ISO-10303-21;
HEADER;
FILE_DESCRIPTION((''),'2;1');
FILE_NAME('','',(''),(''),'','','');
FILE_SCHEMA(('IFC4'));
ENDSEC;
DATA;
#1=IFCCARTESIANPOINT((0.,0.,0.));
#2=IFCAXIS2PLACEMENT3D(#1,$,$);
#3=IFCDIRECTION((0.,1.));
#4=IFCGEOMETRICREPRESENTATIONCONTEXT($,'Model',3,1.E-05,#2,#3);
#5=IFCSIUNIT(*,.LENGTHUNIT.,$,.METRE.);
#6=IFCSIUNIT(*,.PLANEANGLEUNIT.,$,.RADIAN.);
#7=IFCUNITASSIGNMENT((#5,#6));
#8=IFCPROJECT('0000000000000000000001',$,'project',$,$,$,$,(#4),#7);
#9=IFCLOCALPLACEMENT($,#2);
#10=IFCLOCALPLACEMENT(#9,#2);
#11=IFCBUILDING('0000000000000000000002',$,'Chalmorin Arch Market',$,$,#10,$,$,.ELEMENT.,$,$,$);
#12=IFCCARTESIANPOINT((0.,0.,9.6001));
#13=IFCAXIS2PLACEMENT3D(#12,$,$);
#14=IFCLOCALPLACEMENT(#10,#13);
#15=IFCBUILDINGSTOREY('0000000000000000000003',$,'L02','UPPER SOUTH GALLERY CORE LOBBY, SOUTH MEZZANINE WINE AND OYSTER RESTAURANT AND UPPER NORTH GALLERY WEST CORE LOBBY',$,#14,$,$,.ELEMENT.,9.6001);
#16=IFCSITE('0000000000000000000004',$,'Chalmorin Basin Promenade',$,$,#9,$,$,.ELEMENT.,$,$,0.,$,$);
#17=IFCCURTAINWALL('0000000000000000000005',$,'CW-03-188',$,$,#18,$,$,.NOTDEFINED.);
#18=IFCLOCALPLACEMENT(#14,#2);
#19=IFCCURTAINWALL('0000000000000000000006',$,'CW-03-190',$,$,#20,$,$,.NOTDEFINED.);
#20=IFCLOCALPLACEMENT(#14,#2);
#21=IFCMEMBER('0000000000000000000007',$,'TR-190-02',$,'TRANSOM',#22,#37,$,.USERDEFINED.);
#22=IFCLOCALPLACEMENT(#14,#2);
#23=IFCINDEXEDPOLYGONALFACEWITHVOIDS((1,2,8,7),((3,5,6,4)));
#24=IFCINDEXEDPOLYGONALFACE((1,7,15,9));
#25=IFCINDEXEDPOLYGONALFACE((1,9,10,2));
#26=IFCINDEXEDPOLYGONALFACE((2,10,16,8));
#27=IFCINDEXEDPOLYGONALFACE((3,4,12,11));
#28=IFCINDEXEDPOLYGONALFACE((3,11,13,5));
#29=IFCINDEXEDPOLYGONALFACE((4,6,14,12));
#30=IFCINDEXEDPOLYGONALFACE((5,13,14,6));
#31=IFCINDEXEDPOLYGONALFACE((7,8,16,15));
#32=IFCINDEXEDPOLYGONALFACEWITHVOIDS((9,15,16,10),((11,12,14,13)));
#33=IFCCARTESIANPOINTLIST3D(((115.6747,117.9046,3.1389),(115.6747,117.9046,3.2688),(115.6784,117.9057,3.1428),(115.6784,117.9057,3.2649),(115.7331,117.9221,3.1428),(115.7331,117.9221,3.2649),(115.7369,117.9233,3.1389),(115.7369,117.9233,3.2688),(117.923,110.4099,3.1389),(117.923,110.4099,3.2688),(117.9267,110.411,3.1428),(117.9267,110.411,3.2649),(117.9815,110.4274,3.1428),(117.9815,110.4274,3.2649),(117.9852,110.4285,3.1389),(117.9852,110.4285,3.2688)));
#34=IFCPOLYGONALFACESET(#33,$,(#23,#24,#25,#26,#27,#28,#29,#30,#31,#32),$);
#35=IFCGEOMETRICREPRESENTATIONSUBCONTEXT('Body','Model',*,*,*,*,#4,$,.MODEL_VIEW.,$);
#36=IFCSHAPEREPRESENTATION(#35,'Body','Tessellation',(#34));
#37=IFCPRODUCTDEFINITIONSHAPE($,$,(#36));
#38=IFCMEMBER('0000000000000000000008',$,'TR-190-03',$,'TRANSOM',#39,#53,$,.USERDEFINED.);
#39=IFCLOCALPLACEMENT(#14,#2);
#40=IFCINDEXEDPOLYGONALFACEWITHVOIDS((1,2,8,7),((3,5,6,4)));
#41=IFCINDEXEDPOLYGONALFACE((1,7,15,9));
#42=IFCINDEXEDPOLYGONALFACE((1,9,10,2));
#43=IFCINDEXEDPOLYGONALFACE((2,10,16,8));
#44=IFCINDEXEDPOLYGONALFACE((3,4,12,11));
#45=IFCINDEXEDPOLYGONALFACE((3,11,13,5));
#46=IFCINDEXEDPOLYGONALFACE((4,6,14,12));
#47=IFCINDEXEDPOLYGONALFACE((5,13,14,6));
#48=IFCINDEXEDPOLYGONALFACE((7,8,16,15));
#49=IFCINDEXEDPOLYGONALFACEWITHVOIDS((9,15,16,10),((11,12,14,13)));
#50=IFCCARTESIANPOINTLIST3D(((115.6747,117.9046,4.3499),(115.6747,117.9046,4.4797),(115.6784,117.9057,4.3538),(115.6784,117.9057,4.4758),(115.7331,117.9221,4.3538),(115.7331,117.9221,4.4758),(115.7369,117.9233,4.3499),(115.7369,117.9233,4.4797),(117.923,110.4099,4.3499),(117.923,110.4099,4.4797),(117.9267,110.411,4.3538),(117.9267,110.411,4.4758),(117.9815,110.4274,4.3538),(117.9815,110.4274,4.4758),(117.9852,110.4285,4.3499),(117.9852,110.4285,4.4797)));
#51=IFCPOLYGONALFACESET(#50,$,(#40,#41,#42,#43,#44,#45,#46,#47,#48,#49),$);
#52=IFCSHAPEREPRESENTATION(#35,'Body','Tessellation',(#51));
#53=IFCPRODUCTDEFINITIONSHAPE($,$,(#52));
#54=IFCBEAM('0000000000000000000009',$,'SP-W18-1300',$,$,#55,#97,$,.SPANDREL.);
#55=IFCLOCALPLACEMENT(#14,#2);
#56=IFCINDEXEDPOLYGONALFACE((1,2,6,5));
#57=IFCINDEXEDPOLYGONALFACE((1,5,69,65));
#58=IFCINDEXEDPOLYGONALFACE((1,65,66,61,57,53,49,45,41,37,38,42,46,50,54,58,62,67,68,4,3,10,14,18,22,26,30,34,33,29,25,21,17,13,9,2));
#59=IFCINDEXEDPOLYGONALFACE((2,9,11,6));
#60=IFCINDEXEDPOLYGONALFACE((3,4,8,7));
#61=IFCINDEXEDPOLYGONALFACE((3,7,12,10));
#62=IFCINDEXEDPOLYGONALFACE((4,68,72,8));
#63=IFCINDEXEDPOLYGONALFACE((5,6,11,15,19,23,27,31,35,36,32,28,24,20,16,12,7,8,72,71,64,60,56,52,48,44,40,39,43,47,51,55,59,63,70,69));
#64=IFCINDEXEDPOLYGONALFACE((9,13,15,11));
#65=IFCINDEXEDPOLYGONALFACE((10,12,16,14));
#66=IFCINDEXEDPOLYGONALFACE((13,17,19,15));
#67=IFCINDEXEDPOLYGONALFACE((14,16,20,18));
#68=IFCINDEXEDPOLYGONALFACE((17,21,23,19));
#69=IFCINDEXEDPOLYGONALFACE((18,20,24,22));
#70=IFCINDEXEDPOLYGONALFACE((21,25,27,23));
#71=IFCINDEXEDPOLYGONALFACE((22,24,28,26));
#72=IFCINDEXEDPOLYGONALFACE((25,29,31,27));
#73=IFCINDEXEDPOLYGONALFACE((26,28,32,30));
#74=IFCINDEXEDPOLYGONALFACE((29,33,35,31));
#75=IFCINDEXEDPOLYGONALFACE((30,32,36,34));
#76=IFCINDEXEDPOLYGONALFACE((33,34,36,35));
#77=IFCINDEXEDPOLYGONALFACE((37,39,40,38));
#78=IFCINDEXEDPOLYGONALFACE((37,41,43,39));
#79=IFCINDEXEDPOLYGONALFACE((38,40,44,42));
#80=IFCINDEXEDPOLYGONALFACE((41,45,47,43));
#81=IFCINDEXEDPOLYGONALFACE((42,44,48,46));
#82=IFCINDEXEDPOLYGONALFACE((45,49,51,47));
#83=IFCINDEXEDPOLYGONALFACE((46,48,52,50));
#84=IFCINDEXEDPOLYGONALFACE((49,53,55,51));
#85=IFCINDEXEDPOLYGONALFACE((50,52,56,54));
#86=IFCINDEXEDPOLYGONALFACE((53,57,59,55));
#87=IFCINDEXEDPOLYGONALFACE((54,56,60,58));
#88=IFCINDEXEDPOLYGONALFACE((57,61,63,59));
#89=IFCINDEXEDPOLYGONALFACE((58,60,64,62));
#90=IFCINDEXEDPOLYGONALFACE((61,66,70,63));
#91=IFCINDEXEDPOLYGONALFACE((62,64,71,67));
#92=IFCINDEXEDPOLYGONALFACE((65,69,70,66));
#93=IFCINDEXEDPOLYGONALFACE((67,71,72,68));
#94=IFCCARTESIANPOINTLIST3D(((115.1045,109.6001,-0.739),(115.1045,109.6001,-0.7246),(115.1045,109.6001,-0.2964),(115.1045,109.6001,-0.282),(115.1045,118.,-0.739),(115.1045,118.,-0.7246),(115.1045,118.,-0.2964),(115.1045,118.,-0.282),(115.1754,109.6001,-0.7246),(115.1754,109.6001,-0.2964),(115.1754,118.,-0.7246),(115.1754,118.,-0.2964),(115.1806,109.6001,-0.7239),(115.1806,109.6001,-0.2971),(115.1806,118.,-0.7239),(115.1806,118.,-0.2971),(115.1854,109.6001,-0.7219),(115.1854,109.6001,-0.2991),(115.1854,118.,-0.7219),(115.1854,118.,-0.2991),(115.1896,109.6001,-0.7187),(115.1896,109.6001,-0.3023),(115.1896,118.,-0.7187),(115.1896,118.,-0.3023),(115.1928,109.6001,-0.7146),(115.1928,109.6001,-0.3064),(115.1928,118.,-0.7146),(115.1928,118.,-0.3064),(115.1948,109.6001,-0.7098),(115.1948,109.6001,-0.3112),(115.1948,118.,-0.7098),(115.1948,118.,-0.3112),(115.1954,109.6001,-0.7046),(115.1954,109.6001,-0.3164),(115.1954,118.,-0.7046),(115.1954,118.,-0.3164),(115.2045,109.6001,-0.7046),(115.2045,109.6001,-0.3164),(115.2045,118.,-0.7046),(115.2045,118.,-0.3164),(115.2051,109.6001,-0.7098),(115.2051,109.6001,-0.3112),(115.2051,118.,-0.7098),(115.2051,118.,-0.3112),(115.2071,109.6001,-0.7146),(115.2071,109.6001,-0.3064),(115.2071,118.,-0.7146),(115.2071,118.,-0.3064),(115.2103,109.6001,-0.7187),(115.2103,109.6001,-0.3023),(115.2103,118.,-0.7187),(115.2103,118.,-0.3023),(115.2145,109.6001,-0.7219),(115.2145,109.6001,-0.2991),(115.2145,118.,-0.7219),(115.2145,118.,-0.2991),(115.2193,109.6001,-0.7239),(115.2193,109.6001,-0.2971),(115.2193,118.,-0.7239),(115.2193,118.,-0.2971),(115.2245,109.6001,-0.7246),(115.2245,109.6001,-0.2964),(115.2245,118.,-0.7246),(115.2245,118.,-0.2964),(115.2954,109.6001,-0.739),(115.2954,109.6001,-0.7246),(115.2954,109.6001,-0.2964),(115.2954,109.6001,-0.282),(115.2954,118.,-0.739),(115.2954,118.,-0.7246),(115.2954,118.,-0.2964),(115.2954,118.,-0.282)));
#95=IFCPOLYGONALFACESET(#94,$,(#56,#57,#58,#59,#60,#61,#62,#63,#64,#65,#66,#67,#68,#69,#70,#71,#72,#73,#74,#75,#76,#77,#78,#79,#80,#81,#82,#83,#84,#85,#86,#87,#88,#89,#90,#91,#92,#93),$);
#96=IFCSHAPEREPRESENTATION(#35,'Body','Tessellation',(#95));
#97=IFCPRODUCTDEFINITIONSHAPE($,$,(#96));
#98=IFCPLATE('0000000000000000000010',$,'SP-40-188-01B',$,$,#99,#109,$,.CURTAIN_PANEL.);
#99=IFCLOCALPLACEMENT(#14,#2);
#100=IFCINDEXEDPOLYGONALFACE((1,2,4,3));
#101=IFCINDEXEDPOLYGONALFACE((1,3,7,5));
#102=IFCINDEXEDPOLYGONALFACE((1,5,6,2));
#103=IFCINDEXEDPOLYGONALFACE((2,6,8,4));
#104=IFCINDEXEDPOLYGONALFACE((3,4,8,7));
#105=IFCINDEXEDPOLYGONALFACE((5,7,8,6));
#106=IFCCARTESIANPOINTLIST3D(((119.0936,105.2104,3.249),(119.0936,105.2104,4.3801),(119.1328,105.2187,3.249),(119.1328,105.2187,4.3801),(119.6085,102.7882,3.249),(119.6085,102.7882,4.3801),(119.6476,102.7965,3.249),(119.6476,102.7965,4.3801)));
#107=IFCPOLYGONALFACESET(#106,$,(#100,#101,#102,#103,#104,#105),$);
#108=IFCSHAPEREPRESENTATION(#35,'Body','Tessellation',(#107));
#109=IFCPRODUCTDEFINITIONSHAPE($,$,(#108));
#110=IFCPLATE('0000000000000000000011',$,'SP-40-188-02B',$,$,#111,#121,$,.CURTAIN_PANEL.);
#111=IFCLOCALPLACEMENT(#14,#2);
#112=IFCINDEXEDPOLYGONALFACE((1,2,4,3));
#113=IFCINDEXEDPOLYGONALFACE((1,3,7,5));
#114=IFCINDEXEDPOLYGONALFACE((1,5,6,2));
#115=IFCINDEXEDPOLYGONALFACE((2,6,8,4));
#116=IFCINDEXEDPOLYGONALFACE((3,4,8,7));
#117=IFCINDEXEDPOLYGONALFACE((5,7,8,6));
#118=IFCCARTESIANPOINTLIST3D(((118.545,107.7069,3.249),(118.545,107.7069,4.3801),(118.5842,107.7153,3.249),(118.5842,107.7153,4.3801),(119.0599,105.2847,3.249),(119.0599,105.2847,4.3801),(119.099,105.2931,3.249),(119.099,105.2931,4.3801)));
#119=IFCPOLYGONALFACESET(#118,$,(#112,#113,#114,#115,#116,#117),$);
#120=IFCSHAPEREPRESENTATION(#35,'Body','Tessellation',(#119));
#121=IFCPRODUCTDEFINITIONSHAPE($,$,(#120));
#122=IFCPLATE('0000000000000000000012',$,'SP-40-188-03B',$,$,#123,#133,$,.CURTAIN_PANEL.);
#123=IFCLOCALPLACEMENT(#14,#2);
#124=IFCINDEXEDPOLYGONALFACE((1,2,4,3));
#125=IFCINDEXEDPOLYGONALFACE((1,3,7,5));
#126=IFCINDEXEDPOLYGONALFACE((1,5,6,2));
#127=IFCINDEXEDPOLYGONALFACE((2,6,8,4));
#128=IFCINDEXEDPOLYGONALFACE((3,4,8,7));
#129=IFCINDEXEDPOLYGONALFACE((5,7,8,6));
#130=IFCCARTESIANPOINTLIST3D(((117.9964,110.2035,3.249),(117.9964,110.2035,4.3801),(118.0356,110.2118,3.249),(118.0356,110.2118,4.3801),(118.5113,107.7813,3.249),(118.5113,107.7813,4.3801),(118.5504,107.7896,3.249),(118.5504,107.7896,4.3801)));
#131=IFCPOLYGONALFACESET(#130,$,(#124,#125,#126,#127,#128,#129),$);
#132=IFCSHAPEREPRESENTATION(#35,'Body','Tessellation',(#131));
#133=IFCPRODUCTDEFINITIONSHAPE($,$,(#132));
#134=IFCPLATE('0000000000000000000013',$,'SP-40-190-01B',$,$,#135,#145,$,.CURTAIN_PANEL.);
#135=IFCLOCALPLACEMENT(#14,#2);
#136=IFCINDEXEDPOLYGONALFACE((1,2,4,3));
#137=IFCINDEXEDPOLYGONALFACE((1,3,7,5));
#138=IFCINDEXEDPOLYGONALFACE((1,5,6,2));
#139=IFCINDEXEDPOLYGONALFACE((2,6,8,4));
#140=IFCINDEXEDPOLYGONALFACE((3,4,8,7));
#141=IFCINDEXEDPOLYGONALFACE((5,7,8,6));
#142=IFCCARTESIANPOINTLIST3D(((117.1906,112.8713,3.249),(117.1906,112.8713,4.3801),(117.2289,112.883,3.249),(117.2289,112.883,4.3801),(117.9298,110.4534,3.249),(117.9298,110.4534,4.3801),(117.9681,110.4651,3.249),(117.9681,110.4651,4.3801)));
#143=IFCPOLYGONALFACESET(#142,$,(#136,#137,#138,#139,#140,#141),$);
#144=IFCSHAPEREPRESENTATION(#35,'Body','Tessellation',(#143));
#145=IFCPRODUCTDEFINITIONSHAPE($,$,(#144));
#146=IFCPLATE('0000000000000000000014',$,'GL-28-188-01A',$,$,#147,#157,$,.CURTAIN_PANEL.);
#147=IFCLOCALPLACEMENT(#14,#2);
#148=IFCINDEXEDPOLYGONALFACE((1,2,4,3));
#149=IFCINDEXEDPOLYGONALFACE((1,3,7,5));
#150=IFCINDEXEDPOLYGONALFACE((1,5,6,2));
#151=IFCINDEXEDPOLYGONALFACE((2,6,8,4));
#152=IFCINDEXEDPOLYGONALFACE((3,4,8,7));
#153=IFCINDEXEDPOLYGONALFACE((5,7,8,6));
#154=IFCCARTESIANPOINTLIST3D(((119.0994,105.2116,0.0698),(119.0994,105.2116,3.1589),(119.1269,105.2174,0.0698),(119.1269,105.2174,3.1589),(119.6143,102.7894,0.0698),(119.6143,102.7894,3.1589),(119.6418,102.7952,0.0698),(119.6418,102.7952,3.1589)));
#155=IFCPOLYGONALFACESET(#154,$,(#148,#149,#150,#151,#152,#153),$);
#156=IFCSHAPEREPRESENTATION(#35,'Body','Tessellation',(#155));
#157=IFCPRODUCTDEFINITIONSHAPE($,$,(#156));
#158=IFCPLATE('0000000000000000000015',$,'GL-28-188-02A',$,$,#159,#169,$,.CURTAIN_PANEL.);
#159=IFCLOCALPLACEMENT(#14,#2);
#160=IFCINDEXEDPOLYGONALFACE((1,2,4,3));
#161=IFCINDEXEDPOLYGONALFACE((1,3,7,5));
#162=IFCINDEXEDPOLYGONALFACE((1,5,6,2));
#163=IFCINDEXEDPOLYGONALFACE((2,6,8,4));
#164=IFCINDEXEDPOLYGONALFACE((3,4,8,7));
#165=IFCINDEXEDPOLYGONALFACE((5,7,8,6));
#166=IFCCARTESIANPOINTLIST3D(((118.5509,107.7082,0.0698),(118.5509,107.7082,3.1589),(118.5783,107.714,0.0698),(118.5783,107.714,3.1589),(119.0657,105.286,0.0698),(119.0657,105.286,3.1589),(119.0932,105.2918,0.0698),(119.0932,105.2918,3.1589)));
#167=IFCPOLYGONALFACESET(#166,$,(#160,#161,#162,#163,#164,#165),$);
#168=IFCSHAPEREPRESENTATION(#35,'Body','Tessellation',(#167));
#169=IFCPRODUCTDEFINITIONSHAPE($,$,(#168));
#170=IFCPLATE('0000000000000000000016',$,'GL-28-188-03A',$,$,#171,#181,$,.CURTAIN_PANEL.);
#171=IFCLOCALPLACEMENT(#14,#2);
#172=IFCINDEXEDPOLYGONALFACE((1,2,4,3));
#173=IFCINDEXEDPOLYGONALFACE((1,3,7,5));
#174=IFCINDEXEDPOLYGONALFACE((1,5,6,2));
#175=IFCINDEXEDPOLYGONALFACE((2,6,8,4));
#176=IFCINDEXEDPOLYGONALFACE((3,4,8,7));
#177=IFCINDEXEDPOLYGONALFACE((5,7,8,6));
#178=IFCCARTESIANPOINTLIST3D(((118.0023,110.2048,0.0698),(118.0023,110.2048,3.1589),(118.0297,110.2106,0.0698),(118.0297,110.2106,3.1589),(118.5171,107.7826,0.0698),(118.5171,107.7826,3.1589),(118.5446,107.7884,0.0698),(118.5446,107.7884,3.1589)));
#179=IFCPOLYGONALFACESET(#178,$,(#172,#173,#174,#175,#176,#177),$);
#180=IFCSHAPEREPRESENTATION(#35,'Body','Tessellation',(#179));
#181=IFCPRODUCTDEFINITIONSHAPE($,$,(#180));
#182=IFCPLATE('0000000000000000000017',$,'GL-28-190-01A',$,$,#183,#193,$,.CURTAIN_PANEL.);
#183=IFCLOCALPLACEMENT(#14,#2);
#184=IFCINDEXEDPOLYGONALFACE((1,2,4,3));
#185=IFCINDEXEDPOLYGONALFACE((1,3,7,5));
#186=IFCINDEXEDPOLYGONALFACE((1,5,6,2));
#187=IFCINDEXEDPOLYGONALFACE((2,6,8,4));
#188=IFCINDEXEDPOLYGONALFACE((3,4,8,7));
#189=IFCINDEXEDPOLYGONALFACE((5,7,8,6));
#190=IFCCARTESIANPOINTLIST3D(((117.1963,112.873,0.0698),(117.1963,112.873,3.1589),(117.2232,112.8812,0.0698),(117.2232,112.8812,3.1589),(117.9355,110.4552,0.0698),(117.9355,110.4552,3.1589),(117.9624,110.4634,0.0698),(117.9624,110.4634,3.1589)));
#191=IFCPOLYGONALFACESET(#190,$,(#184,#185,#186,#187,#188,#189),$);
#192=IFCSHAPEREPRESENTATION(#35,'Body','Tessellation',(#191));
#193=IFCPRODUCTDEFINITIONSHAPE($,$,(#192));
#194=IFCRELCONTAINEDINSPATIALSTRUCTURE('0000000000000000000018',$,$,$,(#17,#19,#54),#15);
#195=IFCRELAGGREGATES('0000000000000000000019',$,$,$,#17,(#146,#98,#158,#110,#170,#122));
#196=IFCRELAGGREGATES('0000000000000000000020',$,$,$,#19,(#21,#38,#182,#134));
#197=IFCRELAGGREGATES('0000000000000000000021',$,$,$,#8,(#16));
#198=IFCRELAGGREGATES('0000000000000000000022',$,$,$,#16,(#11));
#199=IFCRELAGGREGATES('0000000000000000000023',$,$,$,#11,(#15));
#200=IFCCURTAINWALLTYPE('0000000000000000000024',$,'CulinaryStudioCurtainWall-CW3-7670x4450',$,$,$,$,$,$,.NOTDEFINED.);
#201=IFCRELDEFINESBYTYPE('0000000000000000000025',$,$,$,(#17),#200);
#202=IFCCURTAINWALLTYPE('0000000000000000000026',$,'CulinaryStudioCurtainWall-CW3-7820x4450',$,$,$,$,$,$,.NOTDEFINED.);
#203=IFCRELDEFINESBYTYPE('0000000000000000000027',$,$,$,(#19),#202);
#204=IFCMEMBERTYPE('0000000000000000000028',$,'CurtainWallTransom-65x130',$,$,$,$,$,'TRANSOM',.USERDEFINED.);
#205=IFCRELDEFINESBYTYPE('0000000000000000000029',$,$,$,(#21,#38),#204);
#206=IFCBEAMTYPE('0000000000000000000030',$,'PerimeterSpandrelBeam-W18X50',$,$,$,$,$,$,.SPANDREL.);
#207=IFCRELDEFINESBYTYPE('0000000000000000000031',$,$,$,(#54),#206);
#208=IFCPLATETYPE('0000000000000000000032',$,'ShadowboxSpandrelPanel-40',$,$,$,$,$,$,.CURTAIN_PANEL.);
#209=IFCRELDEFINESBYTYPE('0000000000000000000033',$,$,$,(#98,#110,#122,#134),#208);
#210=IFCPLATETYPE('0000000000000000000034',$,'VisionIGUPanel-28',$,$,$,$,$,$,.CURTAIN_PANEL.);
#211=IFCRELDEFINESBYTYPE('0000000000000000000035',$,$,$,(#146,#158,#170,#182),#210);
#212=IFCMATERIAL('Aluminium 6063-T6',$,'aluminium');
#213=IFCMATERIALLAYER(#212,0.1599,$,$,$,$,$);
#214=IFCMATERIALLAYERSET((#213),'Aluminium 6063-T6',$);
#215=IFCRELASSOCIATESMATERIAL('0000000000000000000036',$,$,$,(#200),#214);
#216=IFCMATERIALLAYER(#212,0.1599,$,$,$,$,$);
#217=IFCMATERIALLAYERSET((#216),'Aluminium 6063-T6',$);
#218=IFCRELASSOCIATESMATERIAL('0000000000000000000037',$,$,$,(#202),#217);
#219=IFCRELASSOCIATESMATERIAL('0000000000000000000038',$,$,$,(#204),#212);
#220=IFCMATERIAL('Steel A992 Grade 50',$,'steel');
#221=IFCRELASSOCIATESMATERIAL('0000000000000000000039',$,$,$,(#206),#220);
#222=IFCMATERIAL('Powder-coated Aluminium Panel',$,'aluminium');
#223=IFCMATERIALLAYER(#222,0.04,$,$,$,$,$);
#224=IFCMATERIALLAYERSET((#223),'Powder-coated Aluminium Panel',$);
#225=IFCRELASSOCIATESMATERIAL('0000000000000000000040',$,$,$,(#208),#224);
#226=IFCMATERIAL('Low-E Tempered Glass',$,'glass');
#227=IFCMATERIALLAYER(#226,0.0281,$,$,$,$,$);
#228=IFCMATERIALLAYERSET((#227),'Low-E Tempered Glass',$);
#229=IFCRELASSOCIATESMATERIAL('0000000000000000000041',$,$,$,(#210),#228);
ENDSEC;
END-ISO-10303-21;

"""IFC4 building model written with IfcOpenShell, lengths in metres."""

from ifc_helpers import new_model, si_unit, direction, frame, origin, origin_2d, place, context, subcontext, project, spatial, rectangle, hollow_rectangle, i_section, extrude, material, layer, layer_set, material_profile, profile_set, type_object, element, aggregate, save


model = new_model("IFC4")

# Units and contexts
model_context = context("Model", 3, precision=1e-05, world=origin(), true_north=direction((0.0, 1.0)))
body_context = subcontext(model_context, "Body", "Model", "MODEL_VIEW")
ifc_project = project(units=[si_unit("LENGTHUNIT", "METRE"), si_unit("PLANEANGLEUNIT", "RADIAN")], contexts=[model_context])

# Site, building, storey
site_placement = place(None, origin())
site = spatial("IfcSite", under=ifc_project, at=site_placement, Name="Chalmorin Basin Promenade", CompositionType="ELEMENT", RefElevation=0.0)
building_placement = place(site_placement, origin())
building = spatial("IfcBuilding", under=site, at=building_placement, Name="Chalmorin Arch Market", CompositionType="ELEMENT")
storey_placement = place(building_placement, frame((0.0, 0.0, 9.6001)))
storey = spatial("IfcBuildingStorey", under=building, at=storey_placement, Name="L02", Description="UPPER SOUTH GALLERY CORE LOBBY, SOUTH MEZZANINE WINE AND OYSTER RESTAURANT AND UPPER NORTH GALLERY WEST CORE LOBBY", CompositionType="ELEMENT", Elevation=9.6001)

# Curtain walls
ifc_material_1 = material(Name="Aluminium 6063-T6", Category="aluminium")
ifc_layer_1 = layer(ifc_material_1, 0.1599)
ifc_layer_set_1 = layer_set([ifc_layer_1], Name="Aluminium 6063-T6")
curtain_wall_type_1 = type_object("IfcCurtainWallType", Name="CulinaryStudioCurtainWall-CW3-7670x4450", PredefinedType="NOTDEFINED", material=ifc_layer_set_1)
curtain_wall_1_placement = place(storey_placement, origin())
curtain_wall_1 = element("IfcCurtainWall", 1, at=curtain_wall_1_placement, inside=storey, type_object=curtain_wall_type_1, Name="CW-03-188", PredefinedType="NOTDEFINED")
ifc_layer_2 = layer(ifc_material_1, 0.1599)
ifc_layer_set_2 = layer_set([ifc_layer_2], Name="Aluminium 6063-T6")
curtain_wall_type_2 = type_object("IfcCurtainWallType", Name="CulinaryStudioCurtainWall-CW3-7820x4450", PredefinedType="NOTDEFINED", material=ifc_layer_set_2)
curtain_wall_2_placement = place(storey_placement, origin())
curtain_wall_2 = element("IfcCurtainWall", 2, at=curtain_wall_2_placement, inside=storey, type_object=curtain_wall_type_2, Name="CW-03-190", PredefinedType="NOTDEFINED")

# Members
ifc_material_profile_1 = material_profile(ifc_material_1, hollow_rectangle(XDim=0.0649, YDim=0.1299, WallThickness=0.0039, at=origin_2d()), Name="ALU65X130X4")
ifc_profile_set_1 = profile_set([ifc_material_profile_1], Name="Aluminium 6063-T6")
member_type_1 = type_object("IfcMemberType", Name="CurtainWallTransom-65x130", ElementType="TRANSOM", PredefinedType="USERDEFINED", material=ifc_profile_set_1)
member_1_placement = place(storey_placement, frame((117.9541, 110.4192, 3.2039), z_axis=(-0.287336, 0.95783, 0.0), x_axis=(-0.95783, -0.287336, 0.0)))
member_1 = element("IfcMember", 3, at=member_1_placement, type_object=member_type_1, Name="TR-190-02", ObjectType="TRANSOM", PredefinedType="USERDEFINED", context=body_context, shape_type="SweptSolid", body=[
    extrude(hollow_rectangle(XDim=0.0649, YDim=0.1299, WallThickness=0.0039, at=origin_2d()), origin(), (0.0, 0.0, 1.0), 7.8247),
])
member_2_placement = place(storey_placement, frame((117.9541, 110.4192, 4.4148), z_axis=(-0.287336, 0.95783, 0.0), x_axis=(-0.95783, -0.287336, 0.0)))
member_2 = element("IfcMember", 4, at=member_2_placement, type_object=member_type_1, Name="TR-190-03", ObjectType="TRANSOM", PredefinedType="USERDEFINED", context=body_context, shape_type="SweptSolid", body=[
    extrude(hollow_rectangle(XDim=0.0649, YDim=0.1299, WallThickness=0.0039, at=origin_2d()), origin(), (0.0, 0.0, 1.0), 7.8247),
])

# Beam
ifc_material_2 = material(Name="Steel A992 Grade 50", Category="steel")
ifc_material_profile_2 = material_profile(ifc_material_2, i_section(OverallWidth=0.1909, OverallDepth=0.457, WebThickness=0.009, FlangeThickness=0.0144, FilletRadius=0.02, at=origin_2d()), Name="W18X50")
ifc_profile_set_2 = profile_set([ifc_material_profile_2], Name="Steel A992 Grade 50")
beam_type = type_object("IfcBeamType", Name="PerimeterSpandrelBeam-W18X50", PredefinedType="SPANDREL", material=ifc_profile_set_2)
beam_placement = place(storey_placement, frame((115.2, 109.6001, -0.5105), z_axis=(0.0, 1.0, 0.0), x_axis=(-1.0, 0.0, 0.0)))
element("IfcBeam", 5, at=beam_placement, inside=storey, type_object=beam_type, Name="SP-W18-1300", PredefinedType="SPANDREL", context=body_context, shape_type="SweptSolid", body=[
    extrude(i_section(OverallWidth=0.1909, OverallDepth=0.457, WebThickness=0.009, FlangeThickness=0.0144, FilletRadius=0.02, at=origin_2d()), origin(), (0.0, 0.0, 1.0), 8.3999),
])

# Plates
ifc_material_3 = material(Name="Powder-coated Aluminium Panel", Category="aluminium")
ifc_layer_3 = layer(ifc_material_3, 0.04)
ifc_layer_set_3 = layer_set([ifc_layer_3], Name="Powder-coated Aluminium Panel")
plate_type_1 = type_object("IfcPlateType", Name="ShadowboxSpandrelPanel-40", PredefinedType="CURTAIN_PANEL", material=ifc_layer_set_3)
plate_1_placement = place(storey_placement, frame((119.3706, 104.0034, 3.249), z_axis=(0.0, 0.0, 1.0), x_axis=(-0.207912, 0.978148, 0.0)))
plate_1 = element("IfcPlate", 6, at=plate_1_placement, type_object=plate_type_1, Name="SP-40-188-01B", PredefinedType="CURTAIN_PANEL", context=body_context, shape_type="SweptSolid", body=[
    extrude(rectangle(XDim=2.4763, YDim=0.04, at=origin_2d()), origin(), (0.0, 0.0, 1.0), 1.1311),
])
plate_2_placement = place(storey_placement, frame((118.822, 106.5, 3.249), z_axis=(0.0, 0.0, 1.0), x_axis=(-0.207912, 0.978148, 0.0)))
plate_2 = element("IfcPlate", 7, at=plate_2_placement, type_object=plate_type_1, Name="SP-40-188-02B", PredefinedType="CURTAIN_PANEL", context=body_context, shape_type="SweptSolid", body=[
    extrude(rectangle(XDim=2.4763, YDim=0.04, at=origin_2d()), origin(), (0.0, 0.0, 1.0), 1.1311),
])
plate_3_placement = place(storey_placement, frame((118.2734, 108.9966, 3.249), z_axis=(0.0, 0.0, 1.0), x_axis=(-0.207912, 0.978148, 0.0)))
plate_3 = element("IfcPlate", 8, at=plate_3_placement, type_object=plate_type_1, Name="SP-40-188-03B", PredefinedType="CURTAIN_PANEL", context=body_context, shape_type="SweptSolid", body=[
    extrude(rectangle(XDim=2.4763, YDim=0.04, at=origin_2d()), origin(), (0.0, 0.0, 1.0), 1.1311),
])
plate_4_placement = place(storey_placement, frame((117.5793, 111.6682, 3.249), z_axis=(0.0, 0.0, 1.0), x_axis=(-0.292372, 0.956305, 0.0)))
plate_4 = element("IfcPlate", 9, at=plate_4_placement, type_object=plate_type_1, Name="SP-40-190-01B", PredefinedType="CURTAIN_PANEL", context=body_context, shape_type="SweptSolid", body=[
    extrude(rectangle(XDim=2.5283, YDim=0.04, at=origin_2d()), origin(), (0.0, 0.0, 1.0), 1.1311),
])
ifc_material_4 = material(Name="Low-E Tempered Glass", Category="glass")
ifc_layer_4 = layer(ifc_material_4, 0.0281)
ifc_layer_set_4 = layer_set([ifc_layer_4], Name="Low-E Tempered Glass")
plate_type_2 = type_object("IfcPlateType", Name="VisionIGUPanel-28", PredefinedType="CURTAIN_PANEL", material=ifc_layer_set_4)
plate_5_placement = place(storey_placement, frame((119.3706, 104.0034, 0.0698), z_axis=(0.0, 0.0, 1.0), x_axis=(-0.207912, 0.978148, 0.0)))
plate_5 = element("IfcPlate", 10, at=plate_5_placement, type_object=plate_type_2, Name="GL-28-188-01A", PredefinedType="CURTAIN_PANEL", context=body_context, shape_type="SweptSolid", body=[
    extrude(rectangle(XDim=2.4763, YDim=0.0281, at=origin_2d()), origin(), (0.0, 0.0, 1.0), 3.0891),
])
plate_6_placement = place(storey_placement, frame((118.822, 106.5, 0.0698), z_axis=(0.0, 0.0, 1.0), x_axis=(-0.207912, 0.978148, 0.0)))
plate_6 = element("IfcPlate", 11, at=plate_6_placement, type_object=plate_type_2, Name="GL-28-188-02A", PredefinedType="CURTAIN_PANEL", context=body_context, shape_type="SweptSolid", body=[
    extrude(rectangle(XDim=2.4763, YDim=0.0281, at=origin_2d()), origin(), (0.0, 0.0, 1.0), 3.0891),
])
plate_7_placement = place(storey_placement, frame((118.2734, 108.9966, 0.0698), z_axis=(0.0, 0.0, 1.0), x_axis=(-0.207912, 0.978148, 0.0)))
plate_7 = element("IfcPlate", 12, at=plate_7_placement, type_object=plate_type_2, Name="GL-28-188-03A", PredefinedType="CURTAIN_PANEL", context=body_context, shape_type="SweptSolid", body=[
    extrude(rectangle(XDim=2.4763, YDim=0.0281, at=origin_2d()), origin(), (0.0, 0.0, 1.0), 3.0891),
])
aggregate(curtain_wall_1, [plate_5, plate_1, plate_6, plate_2, plate_7, plate_3])
plate_8_placement = place(storey_placement, frame((117.5793, 111.6682, 0.0698), z_axis=(0.0, 0.0, 1.0), x_axis=(-0.292372, 0.956305, 0.0)))
plate_8 = element("IfcPlate", 13, at=plate_8_placement, type_object=plate_type_2, Name="GL-28-190-01A", PredefinedType="CURTAIN_PANEL", context=body_context, shape_type="SweptSolid", body=[
    extrude(rectangle(XDim=2.5283, YDim=0.0281, at=origin_2d()), origin(), (0.0, 0.0, 1.0), 3.0891),
])
aggregate(curtain_wall_2, [member_1, member_2, plate_8, plate_4])

save(model, "model.ifc")
